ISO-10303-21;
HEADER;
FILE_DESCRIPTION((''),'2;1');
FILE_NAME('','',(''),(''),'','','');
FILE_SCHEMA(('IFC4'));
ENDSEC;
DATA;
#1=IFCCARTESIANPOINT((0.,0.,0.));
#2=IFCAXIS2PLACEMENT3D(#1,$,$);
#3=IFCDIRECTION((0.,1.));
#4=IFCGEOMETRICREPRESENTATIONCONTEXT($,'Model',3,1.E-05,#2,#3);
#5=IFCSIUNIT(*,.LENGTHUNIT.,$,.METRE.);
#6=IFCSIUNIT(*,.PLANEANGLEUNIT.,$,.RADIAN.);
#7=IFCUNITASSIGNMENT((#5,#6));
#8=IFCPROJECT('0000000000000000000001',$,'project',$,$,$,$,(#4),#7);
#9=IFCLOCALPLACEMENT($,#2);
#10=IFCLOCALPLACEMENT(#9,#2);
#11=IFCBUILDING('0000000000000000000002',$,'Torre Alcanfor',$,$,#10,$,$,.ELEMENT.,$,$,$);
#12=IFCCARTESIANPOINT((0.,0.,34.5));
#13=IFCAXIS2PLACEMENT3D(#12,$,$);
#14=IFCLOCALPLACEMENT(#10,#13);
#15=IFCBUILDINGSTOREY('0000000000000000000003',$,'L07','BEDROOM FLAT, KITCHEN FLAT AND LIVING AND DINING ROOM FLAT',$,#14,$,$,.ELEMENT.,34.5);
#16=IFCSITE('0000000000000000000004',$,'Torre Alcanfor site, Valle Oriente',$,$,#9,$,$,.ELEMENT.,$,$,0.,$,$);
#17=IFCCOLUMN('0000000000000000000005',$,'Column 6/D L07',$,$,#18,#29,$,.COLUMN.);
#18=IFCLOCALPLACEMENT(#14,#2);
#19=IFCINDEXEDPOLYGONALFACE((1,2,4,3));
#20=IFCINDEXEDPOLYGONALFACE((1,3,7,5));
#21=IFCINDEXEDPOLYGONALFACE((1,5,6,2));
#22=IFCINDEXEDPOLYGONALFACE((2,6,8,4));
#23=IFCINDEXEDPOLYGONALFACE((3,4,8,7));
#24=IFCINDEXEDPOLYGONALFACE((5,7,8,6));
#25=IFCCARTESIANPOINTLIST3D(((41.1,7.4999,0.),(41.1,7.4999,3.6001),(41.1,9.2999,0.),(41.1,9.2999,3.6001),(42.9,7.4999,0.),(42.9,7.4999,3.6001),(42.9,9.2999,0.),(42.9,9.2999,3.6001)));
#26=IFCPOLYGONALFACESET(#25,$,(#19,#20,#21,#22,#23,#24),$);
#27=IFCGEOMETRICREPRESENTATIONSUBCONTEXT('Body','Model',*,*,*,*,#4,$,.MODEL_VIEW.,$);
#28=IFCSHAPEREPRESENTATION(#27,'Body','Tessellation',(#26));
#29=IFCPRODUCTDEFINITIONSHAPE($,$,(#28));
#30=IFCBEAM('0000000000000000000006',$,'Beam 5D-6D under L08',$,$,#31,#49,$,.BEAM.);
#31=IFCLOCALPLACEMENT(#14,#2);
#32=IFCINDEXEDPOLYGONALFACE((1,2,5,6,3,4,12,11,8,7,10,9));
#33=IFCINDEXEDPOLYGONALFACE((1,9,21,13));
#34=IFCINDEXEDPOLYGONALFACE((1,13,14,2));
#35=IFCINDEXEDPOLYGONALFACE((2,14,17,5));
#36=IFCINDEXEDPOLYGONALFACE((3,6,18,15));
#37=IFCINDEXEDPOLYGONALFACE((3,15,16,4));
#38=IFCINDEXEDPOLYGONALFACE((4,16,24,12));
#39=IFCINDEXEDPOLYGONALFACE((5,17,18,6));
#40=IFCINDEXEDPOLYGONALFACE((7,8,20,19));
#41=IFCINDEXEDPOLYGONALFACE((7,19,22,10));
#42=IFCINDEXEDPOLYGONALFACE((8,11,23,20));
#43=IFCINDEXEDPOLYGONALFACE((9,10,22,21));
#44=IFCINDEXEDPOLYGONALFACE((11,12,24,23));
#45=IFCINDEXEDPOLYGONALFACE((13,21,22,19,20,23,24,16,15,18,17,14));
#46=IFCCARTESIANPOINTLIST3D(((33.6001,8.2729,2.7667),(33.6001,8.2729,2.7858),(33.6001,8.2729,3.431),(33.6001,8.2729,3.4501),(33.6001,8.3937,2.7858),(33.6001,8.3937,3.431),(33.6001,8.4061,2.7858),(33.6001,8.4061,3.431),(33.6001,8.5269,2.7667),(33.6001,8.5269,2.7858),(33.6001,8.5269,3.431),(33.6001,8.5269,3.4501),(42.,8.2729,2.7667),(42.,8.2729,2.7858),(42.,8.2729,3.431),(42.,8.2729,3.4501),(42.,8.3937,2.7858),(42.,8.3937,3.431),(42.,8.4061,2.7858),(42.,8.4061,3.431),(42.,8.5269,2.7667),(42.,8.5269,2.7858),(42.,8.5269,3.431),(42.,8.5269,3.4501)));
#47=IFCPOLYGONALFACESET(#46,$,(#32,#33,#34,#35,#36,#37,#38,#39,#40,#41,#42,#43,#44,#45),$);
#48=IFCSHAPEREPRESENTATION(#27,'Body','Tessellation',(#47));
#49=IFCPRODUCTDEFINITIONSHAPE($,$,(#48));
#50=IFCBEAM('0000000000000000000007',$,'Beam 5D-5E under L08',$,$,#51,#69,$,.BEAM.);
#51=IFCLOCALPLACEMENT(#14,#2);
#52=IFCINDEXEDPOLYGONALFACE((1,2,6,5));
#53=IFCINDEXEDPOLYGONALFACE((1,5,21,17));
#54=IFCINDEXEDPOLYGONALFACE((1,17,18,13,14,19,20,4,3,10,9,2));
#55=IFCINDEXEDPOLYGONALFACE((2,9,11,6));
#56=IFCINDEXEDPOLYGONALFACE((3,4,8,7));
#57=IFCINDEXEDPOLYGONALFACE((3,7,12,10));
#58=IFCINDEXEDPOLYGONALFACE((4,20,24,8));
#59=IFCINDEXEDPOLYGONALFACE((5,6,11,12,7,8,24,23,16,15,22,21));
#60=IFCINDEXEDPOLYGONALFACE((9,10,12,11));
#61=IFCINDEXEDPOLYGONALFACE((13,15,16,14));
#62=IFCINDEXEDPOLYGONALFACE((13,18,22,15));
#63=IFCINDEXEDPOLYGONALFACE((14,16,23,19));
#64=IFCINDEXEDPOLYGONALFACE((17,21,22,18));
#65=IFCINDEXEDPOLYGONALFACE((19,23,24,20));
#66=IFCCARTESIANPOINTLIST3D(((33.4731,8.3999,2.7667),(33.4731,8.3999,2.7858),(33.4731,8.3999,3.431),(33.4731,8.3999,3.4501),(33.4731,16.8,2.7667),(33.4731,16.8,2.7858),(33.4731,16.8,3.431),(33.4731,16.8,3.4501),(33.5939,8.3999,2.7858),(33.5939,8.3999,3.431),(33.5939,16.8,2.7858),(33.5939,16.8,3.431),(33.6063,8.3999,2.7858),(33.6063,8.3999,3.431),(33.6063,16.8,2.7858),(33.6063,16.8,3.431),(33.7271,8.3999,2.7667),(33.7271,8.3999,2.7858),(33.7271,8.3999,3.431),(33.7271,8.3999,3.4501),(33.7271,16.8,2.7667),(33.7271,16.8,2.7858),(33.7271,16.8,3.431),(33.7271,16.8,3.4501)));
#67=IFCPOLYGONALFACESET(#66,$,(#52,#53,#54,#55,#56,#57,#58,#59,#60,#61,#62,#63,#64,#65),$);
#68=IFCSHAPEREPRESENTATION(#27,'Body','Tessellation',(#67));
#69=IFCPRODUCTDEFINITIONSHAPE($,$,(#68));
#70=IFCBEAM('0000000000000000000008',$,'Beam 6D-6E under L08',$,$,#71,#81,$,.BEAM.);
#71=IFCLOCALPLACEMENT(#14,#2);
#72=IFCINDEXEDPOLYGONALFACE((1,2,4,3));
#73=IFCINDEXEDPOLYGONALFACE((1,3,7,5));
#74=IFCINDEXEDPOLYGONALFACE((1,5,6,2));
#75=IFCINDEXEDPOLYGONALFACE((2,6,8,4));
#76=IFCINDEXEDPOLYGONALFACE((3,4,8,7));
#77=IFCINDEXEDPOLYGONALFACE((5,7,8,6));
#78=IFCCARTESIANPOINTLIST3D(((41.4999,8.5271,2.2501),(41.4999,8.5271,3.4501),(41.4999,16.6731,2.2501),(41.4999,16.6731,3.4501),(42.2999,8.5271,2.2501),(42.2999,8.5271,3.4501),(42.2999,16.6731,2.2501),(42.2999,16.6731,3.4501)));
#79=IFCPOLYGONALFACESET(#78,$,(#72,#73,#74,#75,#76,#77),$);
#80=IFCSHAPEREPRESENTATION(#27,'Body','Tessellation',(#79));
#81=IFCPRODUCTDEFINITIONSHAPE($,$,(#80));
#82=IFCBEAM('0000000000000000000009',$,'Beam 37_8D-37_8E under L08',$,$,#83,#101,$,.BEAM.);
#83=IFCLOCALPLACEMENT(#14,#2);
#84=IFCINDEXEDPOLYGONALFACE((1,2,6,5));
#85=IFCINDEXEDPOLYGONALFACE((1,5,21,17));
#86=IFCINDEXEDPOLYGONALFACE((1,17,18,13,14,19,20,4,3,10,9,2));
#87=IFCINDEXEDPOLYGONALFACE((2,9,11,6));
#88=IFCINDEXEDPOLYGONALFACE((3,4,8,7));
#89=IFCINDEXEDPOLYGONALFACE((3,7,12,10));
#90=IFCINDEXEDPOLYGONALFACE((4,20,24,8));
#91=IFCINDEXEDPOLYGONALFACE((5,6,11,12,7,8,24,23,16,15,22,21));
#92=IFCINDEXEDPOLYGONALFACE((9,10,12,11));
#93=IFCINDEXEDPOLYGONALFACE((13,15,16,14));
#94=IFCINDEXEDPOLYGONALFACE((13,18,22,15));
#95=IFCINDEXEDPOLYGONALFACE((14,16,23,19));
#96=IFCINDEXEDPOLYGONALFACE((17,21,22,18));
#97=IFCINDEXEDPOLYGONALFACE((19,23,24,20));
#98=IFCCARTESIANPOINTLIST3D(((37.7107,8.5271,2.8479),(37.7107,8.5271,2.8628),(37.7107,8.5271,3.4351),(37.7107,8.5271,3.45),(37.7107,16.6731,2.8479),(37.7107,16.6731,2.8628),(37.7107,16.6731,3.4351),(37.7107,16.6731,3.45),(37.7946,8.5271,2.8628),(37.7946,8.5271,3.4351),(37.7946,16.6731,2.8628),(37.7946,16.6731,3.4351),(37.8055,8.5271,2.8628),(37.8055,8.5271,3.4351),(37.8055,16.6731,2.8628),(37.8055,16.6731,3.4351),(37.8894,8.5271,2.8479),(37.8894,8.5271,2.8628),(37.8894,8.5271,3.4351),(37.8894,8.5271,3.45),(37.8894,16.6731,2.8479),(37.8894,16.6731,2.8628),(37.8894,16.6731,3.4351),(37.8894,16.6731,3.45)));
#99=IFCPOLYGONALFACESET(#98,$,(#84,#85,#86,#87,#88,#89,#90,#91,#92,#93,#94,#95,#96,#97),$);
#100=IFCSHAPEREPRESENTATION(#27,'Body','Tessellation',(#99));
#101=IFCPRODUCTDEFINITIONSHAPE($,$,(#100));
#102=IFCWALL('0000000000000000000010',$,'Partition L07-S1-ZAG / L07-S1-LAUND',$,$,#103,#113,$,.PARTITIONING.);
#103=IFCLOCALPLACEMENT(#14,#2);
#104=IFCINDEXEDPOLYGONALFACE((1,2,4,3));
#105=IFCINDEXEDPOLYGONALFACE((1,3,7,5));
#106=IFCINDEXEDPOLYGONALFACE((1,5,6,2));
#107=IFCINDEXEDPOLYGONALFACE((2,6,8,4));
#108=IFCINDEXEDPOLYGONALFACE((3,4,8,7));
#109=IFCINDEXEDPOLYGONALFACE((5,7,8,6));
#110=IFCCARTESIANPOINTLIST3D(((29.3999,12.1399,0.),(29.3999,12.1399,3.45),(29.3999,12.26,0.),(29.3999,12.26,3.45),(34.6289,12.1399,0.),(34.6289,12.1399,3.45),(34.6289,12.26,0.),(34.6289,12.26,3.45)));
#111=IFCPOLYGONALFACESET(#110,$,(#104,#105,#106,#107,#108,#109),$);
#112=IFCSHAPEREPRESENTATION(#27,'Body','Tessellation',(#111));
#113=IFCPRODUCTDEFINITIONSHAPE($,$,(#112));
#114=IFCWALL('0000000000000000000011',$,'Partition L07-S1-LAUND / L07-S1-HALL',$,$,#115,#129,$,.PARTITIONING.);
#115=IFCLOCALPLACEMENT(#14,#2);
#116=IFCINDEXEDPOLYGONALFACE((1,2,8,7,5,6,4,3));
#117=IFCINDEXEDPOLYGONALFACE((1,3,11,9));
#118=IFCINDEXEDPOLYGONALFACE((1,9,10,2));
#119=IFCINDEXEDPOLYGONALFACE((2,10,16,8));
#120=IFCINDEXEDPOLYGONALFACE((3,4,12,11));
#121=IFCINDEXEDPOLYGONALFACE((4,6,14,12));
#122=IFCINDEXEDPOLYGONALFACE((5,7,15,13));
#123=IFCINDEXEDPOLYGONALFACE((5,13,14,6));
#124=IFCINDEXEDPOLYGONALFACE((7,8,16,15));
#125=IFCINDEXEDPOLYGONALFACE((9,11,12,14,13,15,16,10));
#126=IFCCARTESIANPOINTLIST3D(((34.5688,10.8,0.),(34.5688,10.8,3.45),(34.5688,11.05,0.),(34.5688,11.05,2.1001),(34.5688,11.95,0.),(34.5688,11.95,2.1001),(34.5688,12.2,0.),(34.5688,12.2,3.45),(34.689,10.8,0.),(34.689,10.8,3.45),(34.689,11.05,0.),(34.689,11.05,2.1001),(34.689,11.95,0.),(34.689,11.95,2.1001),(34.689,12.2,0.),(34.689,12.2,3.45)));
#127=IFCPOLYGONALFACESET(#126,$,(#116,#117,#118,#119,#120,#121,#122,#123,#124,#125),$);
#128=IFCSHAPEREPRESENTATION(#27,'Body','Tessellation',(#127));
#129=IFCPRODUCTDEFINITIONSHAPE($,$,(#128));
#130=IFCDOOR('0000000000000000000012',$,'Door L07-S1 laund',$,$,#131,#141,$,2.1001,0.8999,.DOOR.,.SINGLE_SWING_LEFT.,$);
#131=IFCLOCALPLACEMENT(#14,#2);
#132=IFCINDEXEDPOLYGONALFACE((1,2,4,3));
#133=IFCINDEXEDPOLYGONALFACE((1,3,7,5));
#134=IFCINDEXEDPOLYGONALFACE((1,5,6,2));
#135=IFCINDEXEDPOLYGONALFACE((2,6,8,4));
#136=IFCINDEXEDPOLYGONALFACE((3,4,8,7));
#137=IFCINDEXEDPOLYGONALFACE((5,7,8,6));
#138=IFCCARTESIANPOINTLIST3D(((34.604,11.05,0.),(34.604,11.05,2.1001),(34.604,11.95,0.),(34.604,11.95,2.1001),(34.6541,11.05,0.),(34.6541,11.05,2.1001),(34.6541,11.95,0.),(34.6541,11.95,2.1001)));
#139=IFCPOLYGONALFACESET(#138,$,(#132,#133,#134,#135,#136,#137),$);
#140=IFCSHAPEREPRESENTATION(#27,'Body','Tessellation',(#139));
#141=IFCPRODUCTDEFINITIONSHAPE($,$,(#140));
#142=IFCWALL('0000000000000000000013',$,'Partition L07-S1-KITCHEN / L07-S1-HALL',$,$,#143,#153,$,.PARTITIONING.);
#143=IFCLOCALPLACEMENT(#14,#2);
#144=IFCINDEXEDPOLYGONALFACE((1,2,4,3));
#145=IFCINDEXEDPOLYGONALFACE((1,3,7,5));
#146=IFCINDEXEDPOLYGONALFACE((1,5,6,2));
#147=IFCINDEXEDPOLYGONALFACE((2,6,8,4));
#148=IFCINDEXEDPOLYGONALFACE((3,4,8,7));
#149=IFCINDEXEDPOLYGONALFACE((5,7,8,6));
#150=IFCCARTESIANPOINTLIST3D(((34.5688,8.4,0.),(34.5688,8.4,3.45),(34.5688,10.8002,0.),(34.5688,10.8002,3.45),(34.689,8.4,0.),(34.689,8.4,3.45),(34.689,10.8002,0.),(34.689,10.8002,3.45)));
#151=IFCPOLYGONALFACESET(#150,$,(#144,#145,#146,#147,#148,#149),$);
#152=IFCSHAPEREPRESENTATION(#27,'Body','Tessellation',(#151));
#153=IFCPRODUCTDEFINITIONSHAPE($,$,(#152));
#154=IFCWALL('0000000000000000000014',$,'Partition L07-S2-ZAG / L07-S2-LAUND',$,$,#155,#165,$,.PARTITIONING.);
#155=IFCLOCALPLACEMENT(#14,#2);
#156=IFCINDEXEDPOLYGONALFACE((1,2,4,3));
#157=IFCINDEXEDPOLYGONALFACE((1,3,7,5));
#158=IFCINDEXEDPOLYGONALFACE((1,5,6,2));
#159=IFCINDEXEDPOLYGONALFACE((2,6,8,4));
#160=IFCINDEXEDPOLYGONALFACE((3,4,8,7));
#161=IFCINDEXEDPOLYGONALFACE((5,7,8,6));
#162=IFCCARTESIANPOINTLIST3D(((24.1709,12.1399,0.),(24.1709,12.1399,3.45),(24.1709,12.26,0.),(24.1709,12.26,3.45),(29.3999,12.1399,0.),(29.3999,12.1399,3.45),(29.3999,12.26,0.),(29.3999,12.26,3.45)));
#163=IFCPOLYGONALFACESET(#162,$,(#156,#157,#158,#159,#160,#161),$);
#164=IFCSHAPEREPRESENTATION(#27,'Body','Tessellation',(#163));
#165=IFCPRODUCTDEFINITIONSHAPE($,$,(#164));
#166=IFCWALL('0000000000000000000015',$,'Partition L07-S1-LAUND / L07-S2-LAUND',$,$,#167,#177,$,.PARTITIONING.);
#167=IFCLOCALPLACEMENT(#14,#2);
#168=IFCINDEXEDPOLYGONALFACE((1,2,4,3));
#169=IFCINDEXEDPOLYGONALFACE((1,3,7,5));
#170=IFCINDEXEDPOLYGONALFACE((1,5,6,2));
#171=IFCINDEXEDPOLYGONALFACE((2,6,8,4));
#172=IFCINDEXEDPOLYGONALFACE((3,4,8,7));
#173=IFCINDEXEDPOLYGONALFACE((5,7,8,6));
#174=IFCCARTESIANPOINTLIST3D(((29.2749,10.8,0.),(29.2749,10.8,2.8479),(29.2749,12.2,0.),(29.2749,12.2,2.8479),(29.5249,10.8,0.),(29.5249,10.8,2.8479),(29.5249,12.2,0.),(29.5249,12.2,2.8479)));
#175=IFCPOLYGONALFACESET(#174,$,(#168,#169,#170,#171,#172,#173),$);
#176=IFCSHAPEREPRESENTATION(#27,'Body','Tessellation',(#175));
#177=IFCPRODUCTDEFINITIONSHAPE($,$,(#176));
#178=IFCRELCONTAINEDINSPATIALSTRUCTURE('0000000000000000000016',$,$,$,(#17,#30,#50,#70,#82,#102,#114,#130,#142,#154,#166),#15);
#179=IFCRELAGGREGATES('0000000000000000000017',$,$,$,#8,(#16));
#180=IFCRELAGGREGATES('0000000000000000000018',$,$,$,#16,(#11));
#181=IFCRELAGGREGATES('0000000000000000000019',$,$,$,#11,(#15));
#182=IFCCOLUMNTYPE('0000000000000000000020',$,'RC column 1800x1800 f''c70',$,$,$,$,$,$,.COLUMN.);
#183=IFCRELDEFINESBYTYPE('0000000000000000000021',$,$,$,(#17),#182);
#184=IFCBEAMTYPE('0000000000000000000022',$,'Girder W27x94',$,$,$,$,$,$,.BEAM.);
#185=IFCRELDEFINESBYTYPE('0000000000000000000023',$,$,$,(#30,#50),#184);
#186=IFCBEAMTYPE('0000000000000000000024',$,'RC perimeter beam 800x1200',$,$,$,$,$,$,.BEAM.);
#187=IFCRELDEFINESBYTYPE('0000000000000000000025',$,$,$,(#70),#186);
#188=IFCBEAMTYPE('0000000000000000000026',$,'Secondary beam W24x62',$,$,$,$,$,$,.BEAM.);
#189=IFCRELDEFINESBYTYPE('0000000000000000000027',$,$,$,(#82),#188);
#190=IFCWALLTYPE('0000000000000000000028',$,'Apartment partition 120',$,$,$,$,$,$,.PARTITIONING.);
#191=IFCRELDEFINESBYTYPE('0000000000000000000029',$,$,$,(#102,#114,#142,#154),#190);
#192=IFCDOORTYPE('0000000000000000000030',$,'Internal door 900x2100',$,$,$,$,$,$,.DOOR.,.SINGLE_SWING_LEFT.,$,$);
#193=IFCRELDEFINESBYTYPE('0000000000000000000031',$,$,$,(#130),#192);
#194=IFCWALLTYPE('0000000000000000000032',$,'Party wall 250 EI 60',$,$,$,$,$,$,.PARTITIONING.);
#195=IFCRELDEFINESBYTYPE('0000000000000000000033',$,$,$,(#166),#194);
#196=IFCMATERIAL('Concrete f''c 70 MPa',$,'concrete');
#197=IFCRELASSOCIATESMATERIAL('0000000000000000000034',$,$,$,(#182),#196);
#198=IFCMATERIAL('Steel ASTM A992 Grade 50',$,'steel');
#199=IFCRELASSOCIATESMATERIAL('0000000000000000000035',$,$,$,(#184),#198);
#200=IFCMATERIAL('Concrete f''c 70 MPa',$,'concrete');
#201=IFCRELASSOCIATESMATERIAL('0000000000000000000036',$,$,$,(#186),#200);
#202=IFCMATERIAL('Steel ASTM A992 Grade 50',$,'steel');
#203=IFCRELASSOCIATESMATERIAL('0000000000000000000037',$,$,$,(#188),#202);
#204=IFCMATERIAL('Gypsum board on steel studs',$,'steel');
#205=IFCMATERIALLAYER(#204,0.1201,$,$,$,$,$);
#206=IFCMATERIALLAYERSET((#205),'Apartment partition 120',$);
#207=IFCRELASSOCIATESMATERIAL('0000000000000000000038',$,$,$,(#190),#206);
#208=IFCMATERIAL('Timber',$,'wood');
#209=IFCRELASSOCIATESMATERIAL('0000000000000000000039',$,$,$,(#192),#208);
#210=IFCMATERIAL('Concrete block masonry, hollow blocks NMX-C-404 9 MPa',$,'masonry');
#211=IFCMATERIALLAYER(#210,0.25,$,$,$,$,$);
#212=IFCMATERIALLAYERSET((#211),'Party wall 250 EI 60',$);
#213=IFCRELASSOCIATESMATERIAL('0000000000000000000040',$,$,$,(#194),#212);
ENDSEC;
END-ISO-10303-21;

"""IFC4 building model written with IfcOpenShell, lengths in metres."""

from ifc_helpers import new_model, si_unit, direction, frame, frame_2d, origin, origin_2d, place, context, subcontext, project, spatial, rectangle, i_section, extrude, material, layer, layer_set, material_profile, profile_set, type_object, element, fill, save


model = new_model("IFC4")

# Units and contexts
model_context = context("Model", 3, precision=1e-05, world=origin(), true_north=direction((0.0, 1.0)))
body_context = subcontext(model_context, "Body", "Model", "MODEL_VIEW")
ifc_project = project(units=[si_unit("LENGTHUNIT", "METRE"), si_unit("PLANEANGLEUNIT", "RADIAN")], contexts=[model_context])

# Site, building, storey
site_placement = place(None, origin())
site = spatial("IfcSite", under=ifc_project, at=site_placement, Name="Torre Alcanfor site, Valle Oriente", CompositionType="ELEMENT", RefElevation=0.0)
building_placement = place(site_placement, origin())
building = spatial("IfcBuilding", under=site, at=building_placement, Name="Torre Alcanfor", CompositionType="ELEMENT")
storey_placement = place(building_placement, frame((0.0, 0.0, 34.5)))
storey = spatial("IfcBuildingStorey", under=building, at=storey_placement, Name="L07", Description="BEDROOM FLAT, KITCHEN FLAT AND LIVING AND DINING ROOM FLAT", CompositionType="ELEMENT", Elevation=34.5)

# Column
ifc_material_1 = material(Name="Concrete f'c 70 MPa", Category="concrete")
ifc_material_profile_1 = material_profile(ifc_material_1, rectangle(XDim=1.8, YDim=1.8, at=origin_2d()), Name="1800x1800")
ifc_profile_set_1 = profile_set([ifc_material_profile_1], Name="Concrete f'c 70 MPa")
column_type = type_object("IfcColumnType", Name="RC column 1800x1800 f'c70", PredefinedType="COLUMN", material=ifc_profile_set_1)
column_placement = place(storey_placement, frame((42.0, 8.3999, 0.0), z_axis=(0.0, 0.0, 1.0), x_axis=(1.0, 0.0, 0.0)))
element("IfcColumn", 1, at=column_placement, inside=storey, type_object=column_type, Name="Column 6/D L07", PredefinedType="COLUMN", context=body_context, shape_type="SweptSolid", body=[
    extrude(rectangle(XDim=1.8, YDim=1.8, at=origin_2d()), origin(), (0.0, 0.0, 1.0), 3.6001),
])

# Beams
ifc_material_2 = material(Name="Steel ASTM A992 Grade 50", Category="steel")
ifc_material_profile_2 = material_profile(ifc_material_2, i_section(OverallWidth=0.2539, OverallDepth=0.6833, WebThickness=0.0125, FlangeThickness=0.019, at=origin_2d()), Name="W27x94")
ifc_profile_set_2 = profile_set([ifc_material_profile_2], Name="Steel ASTM A992 Grade 50")
beam_type_1 = type_object("IfcBeamType", Name="Girder W27x94", PredefinedType="BEAM", material=ifc_profile_set_2)
beam_1_placement = place(storey_placement, frame((33.6001, 8.3999, 3.1084), z_axis=(1.0, 0.0, 0.0), x_axis=(0.0, 1.0, 0.0)))
element("IfcBeam", 2, at=beam_1_placement, inside=storey, type_object=beam_type_1, Name="Beam 5D-6D under L08", PredefinedType="BEAM", context=body_context, shape_type="SweptSolid", body=[
    extrude(i_section(OverallWidth=0.2539, OverallDepth=0.6833, WebThickness=0.0125, FlangeThickness=0.019, at=origin_2d()), origin(), (0.0, 0.0, 1.0), 8.3999),
])
beam_2_placement = place(storey_placement, frame((33.6001, 8.3999, 3.1084), z_axis=(0.0, 1.0, 0.0), x_axis=(-1.0, 0.0, 0.0)))
element("IfcBeam", 3, at=beam_2_placement, inside=storey, type_object=beam_type_1, Name="Beam 5D-5E under L08", PredefinedType="BEAM", context=body_context, shape_type="SweptSolid", body=[
    extrude(i_section(OverallWidth=0.2539, OverallDepth=0.6833, WebThickness=0.0125, FlangeThickness=0.019, at=origin_2d()), origin(), (0.0, 0.0, 1.0), 8.4001),
])
ifc_material_3 = material(Name="Concrete f'c 70 MPa", Category="concrete")
ifc_material_profile_3 = material_profile(ifc_material_3, rectangle(XDim=0.8, YDim=1.2, at=origin_2d()), Name="800x1200")
ifc_profile_set_3 = profile_set([ifc_material_profile_3], Name="Concrete f'c 70 MPa")
beam_type_2 = type_object("IfcBeamType", Name="RC perimeter beam 800x1200", PredefinedType="BEAM", material=ifc_profile_set_3)
beam_3_placement = place(storey_placement, frame((41.8999, 8.5271, 2.8501), z_axis=(0.0, 1.0, 0.0), x_axis=(-1.0, 0.0, 0.0)))
element("IfcBeam", 4, at=beam_3_placement, inside=storey, type_object=beam_type_2, Name="Beam 6D-6E under L08", PredefinedType="BEAM", context=body_context, shape_type="SweptSolid", body=[
    extrude(rectangle(XDim=0.8, YDim=1.2, at=origin_2d()), origin(), (0.0, 0.0, 1.0), 8.146),
])
ifc_material_4 = material(Name="Steel ASTM A992 Grade 50", Category="steel")
ifc_material_profile_4 = material_profile(ifc_material_4, i_section(OverallWidth=0.1787, OverallDepth=0.6021, WebThickness=0.011, FlangeThickness=0.0149, at=origin_2d()), Name="W24x62")
ifc_profile_set_4 = profile_set([ifc_material_profile_4], Name="Steel ASTM A992 Grade 50")
beam_type_3 = type_object("IfcBeamType", Name="Secondary beam W24x62", PredefinedType="BEAM", material=ifc_profile_set_4)
beam_4_placement = place(storey_placement, frame((37.8, 8.5271, 3.1489), z_axis=(0.0, 1.0, 0.0), x_axis=(-1.0, 0.0, 0.0)))
element("IfcBeam", 5, at=beam_4_placement, inside=storey, type_object=beam_type_3, Name="Beam 37_8D-37_8E under L08", PredefinedType="BEAM", context=body_context, shape_type="SweptSolid", body=[
    extrude(i_section(OverallWidth=0.1787, OverallDepth=0.6021, WebThickness=0.011, FlangeThickness=0.0149, at=origin_2d()), origin(), (0.0, 0.0, 1.0), 8.146),
])

# Wall
ifc_material_5 = material(Name="Gypsum board on steel studs", Category="steel")
ifc_layer_1 = layer(ifc_material_5, 0.1201)
ifc_layer_set_1 = layer_set([ifc_layer_1], Name="Apartment partition 120")
wall_type_1 = type_object("IfcWallType", Name="Apartment partition 120", PredefinedType="PARTITIONING", material=ifc_layer_set_1)
wall_1_placement = place(storey_placement, frame((29.3999, 12.2, 0.0), z_axis=(0.0, 0.0, 1.0), x_axis=(1.0, 0.0, 0.0)))
element("IfcWall", 6, at=wall_1_placement, inside=storey, type_object=wall_type_1, Name="Partition L07-S1-ZAG / L07-S1-LAUND", PredefinedType="PARTITIONING", context=body_context, shape_type="SweptSolid", body=[
    extrude(rectangle(XDim=5.229, YDim=0.1201, at=frame_2d((2.6145, 0.0))), origin(), (0.0, 0.0, 1.0), 3.45),
])

# Wall, opening, door
wall_2_placement = place(storey_placement, frame((34.6289, 10.8, 0.0), z_axis=(0.0, 0.0, 1.0), x_axis=(0.0, 1.0, 0.0)))
wall_2 = element("IfcWall", 7, at=wall_2_placement, inside=storey, type_object=wall_type_1, Name="Partition L07-S1-LAUND / L07-S1-HALL", PredefinedType="PARTITIONING", context=body_context, shape_type="SweptSolid", body=[
    extrude(rectangle(XDim=1.3999, YDim=0.1201, at=frame_2d((0.7, 0.0))), origin(), (0.0, 0.0, 1.0), 3.45),
])
opening_1_placement = place(wall_2_placement, frame((0.25, 0.0, 0.0)))
opening_1 = element("IfcOpeningElement", 8, at=opening_1_placement, cuts=wall_2, PredefinedType="OPENING", context=body_context, shape_type="SweptSolid", body=[
    extrude(rectangle(XDim=0.8999, YDim=2.1001, at=frame_2d((0.45, 1.05))), frame((0.0, 0.0701, 0.0), z_axis=(0.0, -1.0, 0.0), x_axis=(1.0, 0.0, 0.0)), (0.0, 0.0, 1.0), 0.1401),
])
ifc_material_6 = material(Name="Timber", Category="wood")
door_type_1 = type_object("IfcDoorType", Name="Internal door 900x2100", OperationType="SINGLE_SWING_LEFT", PredefinedType="DOOR", material=ifc_material_6)
door_1_placement = place(opening_1_placement, origin())
door_1 = element("IfcDoor", 9, at=door_1_placement, inside=storey, type_object=door_type_1, Name="Door L07-S1 laund", OperationType="SINGLE_SWING_LEFT", OverallHeight=2.1001, OverallWidth=0.8999, PredefinedType="DOOR", context=body_context, shape_type="SweptSolid", body=[
    extrude(rectangle(XDim=0.8999, YDim=2.1001, at=frame_2d((0.45, 1.05))), frame((0.0, 0.0249, 0.0), z_axis=(0.0, -1.0, 0.0), x_axis=(1.0, 0.0, 0.0)), (0.0, 0.0, 1.0), 0.05),
])
fill(opening_1, door_1)

# Walls
wall_3_placement = place(storey_placement, frame((34.6289, 8.3999, 0.0), z_axis=(0.0, 0.0, 1.0), x_axis=(0.0, 1.0, 0.0)))
element("IfcWall", 10, at=wall_3_placement, inside=storey, type_object=wall_type_1, Name="Partition L07-S1-KITCHEN / L07-S1-HALL", PredefinedType="PARTITIONING", context=body_context, shape_type="SweptSolid", body=[
    extrude(rectangle(XDim=2.4001, YDim=0.1201, at=frame_2d((1.2002, 0.0))), origin(), (0.0, 0.0, 1.0), 3.45),
])
wall_4_placement = place(storey_placement, frame((29.3999, 12.2, 0.0), z_axis=(0.0, 0.0, 1.0), x_axis=(-1.0, 0.0, 0.0)))
element("IfcWall", 11, at=wall_4_placement, inside=storey, type_object=wall_type_1, Name="Partition L07-S2-ZAG / L07-S2-LAUND", PredefinedType="PARTITIONING", context=body_context, shape_type="SweptSolid", body=[
    extrude(rectangle(XDim=5.229, YDim=0.1201, at=frame_2d((2.6145, 0.0))), origin(), (0.0, 0.0, 1.0), 3.45),
])
ifc_material_7 = material(Name="Concrete block masonry, hollow blocks NMX-C-404 9 MPa", Category="masonry")
ifc_layer_2 = layer(ifc_material_7, 0.25)
ifc_layer_set_2 = layer_set([ifc_layer_2], Name="Party wall 250 EI 60")
wall_type_2 = type_object("IfcWallType", Name="Party wall 250 EI 60", PredefinedType="PARTITIONING", material=ifc_layer_set_2)
wall_5_placement = place(storey_placement, frame((29.3999, 12.2, 0.0), z_axis=(0.0, 0.0, 1.0), x_axis=(0.0, -1.0, 0.0)))
element("IfcWall", 12, at=wall_5_placement, inside=storey, type_object=wall_type_2, Name="Partition L07-S1-LAUND / L07-S2-LAUND", PredefinedType="PARTITIONING", context=body_context, shape_type="SweptSolid", body=[
    extrude(rectangle(XDim=1.3999, YDim=0.25, at=frame_2d((0.7, 0.0))), origin(), (0.0, 0.0, 1.0), 2.8479),
])

save(model, "model.ifc")
